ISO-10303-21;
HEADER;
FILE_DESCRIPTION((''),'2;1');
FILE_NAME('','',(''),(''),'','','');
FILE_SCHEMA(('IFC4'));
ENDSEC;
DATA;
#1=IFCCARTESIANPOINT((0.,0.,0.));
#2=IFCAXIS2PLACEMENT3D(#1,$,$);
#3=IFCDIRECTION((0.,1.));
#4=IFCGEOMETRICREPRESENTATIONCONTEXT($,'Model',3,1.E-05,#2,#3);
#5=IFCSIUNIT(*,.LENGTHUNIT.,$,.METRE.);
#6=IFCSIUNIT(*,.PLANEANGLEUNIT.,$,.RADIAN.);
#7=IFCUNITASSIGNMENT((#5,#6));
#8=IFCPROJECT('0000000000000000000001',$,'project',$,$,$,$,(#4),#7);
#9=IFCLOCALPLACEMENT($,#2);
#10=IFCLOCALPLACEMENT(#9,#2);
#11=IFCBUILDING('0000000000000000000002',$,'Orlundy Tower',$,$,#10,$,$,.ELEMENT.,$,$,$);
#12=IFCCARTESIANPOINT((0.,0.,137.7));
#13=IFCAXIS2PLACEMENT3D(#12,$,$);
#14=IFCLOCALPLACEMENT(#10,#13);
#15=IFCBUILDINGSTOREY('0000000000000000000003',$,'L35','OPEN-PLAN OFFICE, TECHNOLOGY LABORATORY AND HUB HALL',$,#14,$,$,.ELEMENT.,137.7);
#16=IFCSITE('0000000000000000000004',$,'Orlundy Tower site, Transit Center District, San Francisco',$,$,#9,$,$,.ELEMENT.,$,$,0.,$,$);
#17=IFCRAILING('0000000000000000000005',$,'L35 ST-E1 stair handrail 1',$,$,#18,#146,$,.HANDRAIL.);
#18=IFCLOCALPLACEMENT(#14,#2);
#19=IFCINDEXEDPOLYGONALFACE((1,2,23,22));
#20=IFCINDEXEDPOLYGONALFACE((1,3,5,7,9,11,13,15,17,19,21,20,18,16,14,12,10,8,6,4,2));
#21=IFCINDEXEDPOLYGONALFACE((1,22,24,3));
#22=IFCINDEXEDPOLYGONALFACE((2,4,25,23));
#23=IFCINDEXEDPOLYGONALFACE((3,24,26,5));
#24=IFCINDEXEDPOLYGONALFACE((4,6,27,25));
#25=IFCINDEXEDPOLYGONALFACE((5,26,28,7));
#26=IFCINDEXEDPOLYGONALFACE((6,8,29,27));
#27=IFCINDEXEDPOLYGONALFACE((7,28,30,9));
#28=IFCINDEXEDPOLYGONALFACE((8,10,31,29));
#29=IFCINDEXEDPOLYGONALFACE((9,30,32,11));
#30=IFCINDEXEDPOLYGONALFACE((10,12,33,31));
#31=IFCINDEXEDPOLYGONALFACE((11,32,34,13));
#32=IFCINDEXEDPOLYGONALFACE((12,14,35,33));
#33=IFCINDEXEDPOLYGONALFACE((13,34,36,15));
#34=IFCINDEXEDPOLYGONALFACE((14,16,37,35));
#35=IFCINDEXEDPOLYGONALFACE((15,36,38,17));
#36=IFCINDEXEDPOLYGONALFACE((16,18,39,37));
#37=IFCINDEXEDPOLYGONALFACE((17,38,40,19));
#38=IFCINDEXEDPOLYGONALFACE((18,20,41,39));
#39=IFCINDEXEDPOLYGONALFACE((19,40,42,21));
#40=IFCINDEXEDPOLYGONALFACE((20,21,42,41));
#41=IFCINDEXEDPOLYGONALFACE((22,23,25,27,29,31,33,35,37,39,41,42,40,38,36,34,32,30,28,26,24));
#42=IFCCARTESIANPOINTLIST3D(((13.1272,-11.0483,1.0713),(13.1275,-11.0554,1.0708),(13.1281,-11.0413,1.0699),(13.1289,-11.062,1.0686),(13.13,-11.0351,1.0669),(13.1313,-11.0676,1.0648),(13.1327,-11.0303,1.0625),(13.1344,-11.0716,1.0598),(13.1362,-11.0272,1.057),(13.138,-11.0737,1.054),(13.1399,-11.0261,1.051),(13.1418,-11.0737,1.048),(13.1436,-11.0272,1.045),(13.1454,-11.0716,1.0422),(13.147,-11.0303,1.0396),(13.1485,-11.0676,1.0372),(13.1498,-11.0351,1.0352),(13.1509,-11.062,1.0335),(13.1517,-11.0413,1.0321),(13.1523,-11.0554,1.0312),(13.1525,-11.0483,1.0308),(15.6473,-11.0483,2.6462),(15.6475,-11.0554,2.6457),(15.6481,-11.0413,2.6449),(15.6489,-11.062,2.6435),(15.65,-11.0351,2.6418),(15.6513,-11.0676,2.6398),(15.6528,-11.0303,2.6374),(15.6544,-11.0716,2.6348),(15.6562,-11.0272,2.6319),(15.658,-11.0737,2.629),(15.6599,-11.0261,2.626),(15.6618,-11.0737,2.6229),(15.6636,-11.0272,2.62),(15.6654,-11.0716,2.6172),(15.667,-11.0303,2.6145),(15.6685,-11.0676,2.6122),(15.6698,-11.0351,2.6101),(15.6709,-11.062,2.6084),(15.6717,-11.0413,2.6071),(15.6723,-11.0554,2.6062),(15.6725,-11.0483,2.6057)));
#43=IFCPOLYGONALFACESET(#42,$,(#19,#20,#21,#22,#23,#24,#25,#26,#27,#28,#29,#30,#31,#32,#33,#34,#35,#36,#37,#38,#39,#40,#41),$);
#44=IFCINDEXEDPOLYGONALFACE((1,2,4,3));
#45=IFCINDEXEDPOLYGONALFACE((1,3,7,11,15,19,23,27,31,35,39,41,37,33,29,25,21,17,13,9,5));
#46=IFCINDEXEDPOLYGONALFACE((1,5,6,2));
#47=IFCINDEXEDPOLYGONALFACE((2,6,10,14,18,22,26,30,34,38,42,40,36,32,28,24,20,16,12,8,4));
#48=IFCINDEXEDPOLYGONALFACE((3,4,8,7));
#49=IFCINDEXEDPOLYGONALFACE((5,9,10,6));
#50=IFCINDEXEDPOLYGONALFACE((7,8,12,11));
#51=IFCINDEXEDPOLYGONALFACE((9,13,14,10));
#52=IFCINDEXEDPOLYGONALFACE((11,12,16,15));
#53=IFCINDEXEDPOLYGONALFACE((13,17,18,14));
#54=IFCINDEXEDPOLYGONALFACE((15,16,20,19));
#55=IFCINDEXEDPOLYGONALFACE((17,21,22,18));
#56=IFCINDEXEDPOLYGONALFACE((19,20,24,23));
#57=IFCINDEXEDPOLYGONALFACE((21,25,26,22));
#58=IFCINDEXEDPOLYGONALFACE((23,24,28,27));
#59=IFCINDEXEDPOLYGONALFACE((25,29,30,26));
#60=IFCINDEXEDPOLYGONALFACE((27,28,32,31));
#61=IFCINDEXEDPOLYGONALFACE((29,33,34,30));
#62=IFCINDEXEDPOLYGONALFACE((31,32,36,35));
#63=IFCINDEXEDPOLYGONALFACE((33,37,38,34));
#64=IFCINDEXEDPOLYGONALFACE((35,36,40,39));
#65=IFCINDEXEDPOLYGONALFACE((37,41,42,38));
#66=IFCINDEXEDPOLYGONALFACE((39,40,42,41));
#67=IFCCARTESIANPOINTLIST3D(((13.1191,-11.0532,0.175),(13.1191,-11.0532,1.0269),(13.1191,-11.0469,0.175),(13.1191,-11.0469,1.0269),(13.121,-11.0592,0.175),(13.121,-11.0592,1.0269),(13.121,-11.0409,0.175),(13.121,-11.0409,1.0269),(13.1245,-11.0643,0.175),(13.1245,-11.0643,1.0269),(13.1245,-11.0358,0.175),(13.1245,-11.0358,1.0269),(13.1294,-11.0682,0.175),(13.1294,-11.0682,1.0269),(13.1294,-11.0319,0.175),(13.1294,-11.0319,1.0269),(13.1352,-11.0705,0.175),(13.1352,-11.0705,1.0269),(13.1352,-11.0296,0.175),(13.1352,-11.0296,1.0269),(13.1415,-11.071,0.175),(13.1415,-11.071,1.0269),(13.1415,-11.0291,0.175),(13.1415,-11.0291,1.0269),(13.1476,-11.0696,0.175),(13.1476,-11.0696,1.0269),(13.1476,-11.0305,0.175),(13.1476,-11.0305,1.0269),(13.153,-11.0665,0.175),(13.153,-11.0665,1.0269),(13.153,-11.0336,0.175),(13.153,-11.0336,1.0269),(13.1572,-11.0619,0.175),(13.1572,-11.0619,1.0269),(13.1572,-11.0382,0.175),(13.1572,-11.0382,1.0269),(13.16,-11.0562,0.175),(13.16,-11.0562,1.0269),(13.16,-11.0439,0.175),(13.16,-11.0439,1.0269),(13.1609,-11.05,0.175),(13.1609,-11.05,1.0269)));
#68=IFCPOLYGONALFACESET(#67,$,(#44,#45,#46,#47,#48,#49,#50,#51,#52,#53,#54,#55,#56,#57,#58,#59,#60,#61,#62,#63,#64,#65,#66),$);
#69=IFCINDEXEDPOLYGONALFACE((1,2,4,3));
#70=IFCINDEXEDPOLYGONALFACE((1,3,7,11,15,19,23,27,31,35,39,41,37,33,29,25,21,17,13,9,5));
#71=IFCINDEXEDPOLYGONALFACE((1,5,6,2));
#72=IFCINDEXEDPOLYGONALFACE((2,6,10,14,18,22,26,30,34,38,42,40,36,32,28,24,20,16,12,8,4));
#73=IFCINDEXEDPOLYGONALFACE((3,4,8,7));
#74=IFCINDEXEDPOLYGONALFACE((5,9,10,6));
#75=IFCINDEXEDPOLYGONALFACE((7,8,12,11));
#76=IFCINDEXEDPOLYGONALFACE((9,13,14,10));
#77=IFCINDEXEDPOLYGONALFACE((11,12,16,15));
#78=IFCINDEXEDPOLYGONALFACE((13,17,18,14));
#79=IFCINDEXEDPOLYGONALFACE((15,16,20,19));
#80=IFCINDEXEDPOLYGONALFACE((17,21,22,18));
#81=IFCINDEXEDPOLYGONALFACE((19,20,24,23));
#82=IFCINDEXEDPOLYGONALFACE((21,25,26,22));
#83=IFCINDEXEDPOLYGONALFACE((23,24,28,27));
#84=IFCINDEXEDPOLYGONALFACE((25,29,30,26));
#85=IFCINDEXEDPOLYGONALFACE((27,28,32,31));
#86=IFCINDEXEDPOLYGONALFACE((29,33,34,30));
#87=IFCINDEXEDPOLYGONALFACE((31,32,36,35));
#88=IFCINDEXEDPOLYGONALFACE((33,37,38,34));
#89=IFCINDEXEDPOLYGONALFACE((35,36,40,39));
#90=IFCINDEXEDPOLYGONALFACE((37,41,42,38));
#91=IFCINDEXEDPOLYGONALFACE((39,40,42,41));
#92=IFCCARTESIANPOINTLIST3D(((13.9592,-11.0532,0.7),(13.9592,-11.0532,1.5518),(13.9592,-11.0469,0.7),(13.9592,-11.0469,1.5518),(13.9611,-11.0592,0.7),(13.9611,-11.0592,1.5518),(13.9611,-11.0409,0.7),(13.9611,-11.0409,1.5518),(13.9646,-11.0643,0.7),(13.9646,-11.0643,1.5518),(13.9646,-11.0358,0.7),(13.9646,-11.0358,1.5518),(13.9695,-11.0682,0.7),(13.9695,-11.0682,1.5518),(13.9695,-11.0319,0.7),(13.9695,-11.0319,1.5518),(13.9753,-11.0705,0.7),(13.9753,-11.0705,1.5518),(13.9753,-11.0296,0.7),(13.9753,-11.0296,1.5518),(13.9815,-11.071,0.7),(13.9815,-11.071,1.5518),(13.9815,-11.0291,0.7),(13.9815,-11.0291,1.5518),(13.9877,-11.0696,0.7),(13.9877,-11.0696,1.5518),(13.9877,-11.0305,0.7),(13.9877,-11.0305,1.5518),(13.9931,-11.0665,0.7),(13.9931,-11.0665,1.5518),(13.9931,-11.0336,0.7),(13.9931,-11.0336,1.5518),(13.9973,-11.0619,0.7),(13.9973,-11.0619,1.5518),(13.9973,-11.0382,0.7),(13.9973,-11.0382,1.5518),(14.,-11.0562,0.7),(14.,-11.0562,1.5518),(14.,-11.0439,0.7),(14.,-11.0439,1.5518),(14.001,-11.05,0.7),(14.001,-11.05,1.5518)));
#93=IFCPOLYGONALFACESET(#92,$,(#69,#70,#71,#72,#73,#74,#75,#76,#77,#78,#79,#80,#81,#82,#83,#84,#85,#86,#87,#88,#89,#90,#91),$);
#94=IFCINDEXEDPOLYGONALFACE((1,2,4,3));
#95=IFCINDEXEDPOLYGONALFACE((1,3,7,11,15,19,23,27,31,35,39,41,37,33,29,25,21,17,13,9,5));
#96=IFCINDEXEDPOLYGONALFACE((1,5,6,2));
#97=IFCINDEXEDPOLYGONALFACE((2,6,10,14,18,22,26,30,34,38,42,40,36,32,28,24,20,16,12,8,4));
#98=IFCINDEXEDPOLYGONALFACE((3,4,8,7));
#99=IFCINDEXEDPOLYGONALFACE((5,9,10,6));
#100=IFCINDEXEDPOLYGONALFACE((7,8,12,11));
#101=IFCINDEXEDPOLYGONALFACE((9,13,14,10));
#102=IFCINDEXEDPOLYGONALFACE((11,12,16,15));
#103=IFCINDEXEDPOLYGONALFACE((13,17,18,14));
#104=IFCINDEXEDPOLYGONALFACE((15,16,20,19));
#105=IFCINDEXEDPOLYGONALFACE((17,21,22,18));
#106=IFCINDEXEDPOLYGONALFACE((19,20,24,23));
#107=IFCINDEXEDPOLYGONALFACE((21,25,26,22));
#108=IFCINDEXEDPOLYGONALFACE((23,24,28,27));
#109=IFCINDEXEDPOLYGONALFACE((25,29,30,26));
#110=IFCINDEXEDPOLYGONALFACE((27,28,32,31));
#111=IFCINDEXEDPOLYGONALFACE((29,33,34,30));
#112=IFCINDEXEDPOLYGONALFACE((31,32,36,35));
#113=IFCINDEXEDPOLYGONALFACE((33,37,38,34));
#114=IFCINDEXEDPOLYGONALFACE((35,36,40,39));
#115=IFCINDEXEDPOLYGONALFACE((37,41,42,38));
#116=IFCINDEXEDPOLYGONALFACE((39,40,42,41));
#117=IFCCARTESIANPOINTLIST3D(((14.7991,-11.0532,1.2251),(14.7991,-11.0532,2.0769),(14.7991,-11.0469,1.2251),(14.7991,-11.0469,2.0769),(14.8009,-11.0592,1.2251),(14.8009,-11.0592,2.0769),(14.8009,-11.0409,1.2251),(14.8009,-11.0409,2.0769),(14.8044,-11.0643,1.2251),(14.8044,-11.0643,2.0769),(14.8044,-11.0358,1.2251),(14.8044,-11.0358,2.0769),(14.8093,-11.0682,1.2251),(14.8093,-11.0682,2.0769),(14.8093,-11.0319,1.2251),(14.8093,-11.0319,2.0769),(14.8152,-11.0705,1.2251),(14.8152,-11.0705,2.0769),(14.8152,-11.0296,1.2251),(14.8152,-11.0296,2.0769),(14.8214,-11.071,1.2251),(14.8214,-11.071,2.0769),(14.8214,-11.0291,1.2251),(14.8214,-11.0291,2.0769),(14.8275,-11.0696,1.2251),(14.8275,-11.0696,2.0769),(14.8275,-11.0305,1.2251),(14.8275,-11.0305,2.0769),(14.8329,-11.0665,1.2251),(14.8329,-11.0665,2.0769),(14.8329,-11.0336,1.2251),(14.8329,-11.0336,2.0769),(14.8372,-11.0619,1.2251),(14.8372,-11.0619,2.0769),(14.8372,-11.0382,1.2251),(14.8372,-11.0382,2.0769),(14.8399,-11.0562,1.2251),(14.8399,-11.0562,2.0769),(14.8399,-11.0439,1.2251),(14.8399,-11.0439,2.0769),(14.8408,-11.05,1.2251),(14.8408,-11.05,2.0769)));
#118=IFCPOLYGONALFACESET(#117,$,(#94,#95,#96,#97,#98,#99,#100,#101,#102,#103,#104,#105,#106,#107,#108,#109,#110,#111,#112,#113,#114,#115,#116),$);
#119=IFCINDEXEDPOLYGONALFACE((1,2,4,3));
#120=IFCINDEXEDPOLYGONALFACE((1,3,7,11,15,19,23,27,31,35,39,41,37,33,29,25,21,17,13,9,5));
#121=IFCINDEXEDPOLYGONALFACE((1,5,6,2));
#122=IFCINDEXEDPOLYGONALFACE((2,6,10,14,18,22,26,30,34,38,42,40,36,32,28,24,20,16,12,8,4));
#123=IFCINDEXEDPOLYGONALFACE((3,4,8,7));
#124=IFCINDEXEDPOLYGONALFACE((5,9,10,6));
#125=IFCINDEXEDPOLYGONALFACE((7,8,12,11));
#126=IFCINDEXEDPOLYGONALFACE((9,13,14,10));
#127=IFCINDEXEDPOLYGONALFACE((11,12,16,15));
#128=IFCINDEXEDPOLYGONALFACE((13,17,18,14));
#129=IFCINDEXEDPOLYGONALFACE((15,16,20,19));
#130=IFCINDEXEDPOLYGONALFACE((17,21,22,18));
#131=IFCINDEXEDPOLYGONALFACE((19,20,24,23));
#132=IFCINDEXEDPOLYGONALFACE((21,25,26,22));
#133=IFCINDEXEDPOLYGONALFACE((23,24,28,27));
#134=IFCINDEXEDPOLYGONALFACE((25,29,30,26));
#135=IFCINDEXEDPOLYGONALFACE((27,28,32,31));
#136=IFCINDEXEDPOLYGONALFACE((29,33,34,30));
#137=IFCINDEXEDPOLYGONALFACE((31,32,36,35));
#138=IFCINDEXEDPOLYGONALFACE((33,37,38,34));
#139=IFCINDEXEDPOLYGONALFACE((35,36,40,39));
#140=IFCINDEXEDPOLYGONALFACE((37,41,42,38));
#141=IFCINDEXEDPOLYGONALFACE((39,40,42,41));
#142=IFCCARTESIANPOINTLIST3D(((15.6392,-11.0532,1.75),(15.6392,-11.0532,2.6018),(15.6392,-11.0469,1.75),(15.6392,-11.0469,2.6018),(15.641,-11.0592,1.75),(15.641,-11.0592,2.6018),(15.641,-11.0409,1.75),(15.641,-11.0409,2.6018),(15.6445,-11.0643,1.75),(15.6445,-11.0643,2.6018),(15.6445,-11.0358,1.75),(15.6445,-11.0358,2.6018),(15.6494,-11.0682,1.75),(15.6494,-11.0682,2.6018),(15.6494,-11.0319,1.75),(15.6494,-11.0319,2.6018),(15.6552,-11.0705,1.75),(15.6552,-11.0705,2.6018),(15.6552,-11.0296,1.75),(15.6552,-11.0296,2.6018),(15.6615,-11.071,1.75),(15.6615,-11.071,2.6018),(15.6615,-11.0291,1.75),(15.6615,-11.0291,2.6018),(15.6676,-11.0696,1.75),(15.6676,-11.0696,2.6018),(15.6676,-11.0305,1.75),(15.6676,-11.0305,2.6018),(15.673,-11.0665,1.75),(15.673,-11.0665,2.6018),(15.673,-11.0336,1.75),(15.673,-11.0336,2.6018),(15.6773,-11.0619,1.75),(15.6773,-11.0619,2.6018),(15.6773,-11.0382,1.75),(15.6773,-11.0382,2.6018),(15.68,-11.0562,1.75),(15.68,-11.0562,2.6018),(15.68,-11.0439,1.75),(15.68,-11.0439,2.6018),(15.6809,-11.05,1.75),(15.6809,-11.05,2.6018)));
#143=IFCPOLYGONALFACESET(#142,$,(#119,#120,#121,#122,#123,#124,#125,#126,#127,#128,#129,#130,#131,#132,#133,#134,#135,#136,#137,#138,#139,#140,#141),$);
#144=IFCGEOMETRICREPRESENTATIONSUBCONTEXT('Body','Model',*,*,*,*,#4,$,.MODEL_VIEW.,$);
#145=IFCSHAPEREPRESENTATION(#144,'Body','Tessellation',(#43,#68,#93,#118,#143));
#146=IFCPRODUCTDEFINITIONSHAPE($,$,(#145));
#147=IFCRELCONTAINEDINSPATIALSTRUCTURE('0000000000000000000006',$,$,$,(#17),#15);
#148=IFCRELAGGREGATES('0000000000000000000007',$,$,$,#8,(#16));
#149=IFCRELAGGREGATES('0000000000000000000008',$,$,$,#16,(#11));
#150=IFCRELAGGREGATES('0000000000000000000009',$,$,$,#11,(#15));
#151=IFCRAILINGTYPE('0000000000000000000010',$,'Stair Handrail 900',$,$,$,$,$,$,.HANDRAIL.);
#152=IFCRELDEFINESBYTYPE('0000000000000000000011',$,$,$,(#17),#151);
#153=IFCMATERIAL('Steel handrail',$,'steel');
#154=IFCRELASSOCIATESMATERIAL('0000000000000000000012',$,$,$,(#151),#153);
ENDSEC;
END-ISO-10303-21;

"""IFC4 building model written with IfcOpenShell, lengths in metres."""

from ifc_helpers import new_model, si_unit, direction, frame, origin, origin_2d, place, context, subcontext, project, spatial, circle, extrude, material, type_object, element, save


model = new_model("IFC4")

# Units and contexts
model_context = context("Model", 3, precision=1e-05, world=origin(), true_north=direction((0.0, 1.0)))
body_context = subcontext(model_context, "Body", "Model", "MODEL_VIEW")
ifc_project = project(units=[si_unit("LENGTHUNIT", "METRE"), si_unit("PLANEANGLEUNIT", "RADIAN")], contexts=[model_context])

# Site, building, storey
site_placement = place(None, origin())
site = spatial("IfcSite", under=ifc_project, at=site_placement, Name="Orlundy Tower site, Transit Center District, San Francisco", CompositionType="ELEMENT", RefElevation=0.0)
building_placement = place(site_placement, origin())
building = spatial("IfcBuilding", under=site, at=building_placement, Name="Orlundy Tower", CompositionType="ELEMENT")
storey_placement = place(building_placement, frame((0.0, 0.0, 137.7)))
storey = spatial("IfcBuildingStorey", under=building, at=storey_placement, Name="L35", Description="OPEN-PLAN OFFICE, TECHNOLOGY LABORATORY AND HUB HALL", CompositionType="ELEMENT", Elevation=137.7)

# Railing
ifc_material_1 = material(Name="Steel handrail", Category="steel")
railing_type_1 = type_object("IfcRailingType", Name="Stair Handrail 900", PredefinedType="HANDRAIL", material=ifc_material_1)
railing_1_placement = place(storey_placement, frame((13.1399, -11.05, 0.175)))
element("IfcRailing", 1, at=railing_1_placement, inside=storey, type_object=railing_type_1, Name="L35 ST-E1 stair handrail 1", PredefinedType="HANDRAIL", context=body_context, shape_type="SweptSolid", body=[
    extrude(circle(Radius=0.0239, at=origin_2d()), frame((0.0, 0.0, 0.876), z_axis=(0.848008, 0.0, 0.529984), x_axis=(0.0, 1.0, 0.0)), (0.0, 0.0, 1.0), 2.9717),
    extrude(circle(Radius=0.021, at=origin_2d()), origin(), (0.0, 0.0, 1.0), 0.8518),
    extrude(circle(Radius=0.021, at=origin_2d()), frame((0.8401, 0.0, 0.5249)), (0.0, 0.0, 1.0), 0.8518),
    extrude(circle(Radius=0.021, at=origin_2d()), frame((1.6799, 0.0, 1.05)), (0.0, 0.0, 1.0), 0.8518),
    extrude(circle(Radius=0.021, at=origin_2d()), frame((2.52, 0.0, 1.575)), (0.0, 0.0, 1.0), 0.8518),
])

save(model, "model.ifc")
